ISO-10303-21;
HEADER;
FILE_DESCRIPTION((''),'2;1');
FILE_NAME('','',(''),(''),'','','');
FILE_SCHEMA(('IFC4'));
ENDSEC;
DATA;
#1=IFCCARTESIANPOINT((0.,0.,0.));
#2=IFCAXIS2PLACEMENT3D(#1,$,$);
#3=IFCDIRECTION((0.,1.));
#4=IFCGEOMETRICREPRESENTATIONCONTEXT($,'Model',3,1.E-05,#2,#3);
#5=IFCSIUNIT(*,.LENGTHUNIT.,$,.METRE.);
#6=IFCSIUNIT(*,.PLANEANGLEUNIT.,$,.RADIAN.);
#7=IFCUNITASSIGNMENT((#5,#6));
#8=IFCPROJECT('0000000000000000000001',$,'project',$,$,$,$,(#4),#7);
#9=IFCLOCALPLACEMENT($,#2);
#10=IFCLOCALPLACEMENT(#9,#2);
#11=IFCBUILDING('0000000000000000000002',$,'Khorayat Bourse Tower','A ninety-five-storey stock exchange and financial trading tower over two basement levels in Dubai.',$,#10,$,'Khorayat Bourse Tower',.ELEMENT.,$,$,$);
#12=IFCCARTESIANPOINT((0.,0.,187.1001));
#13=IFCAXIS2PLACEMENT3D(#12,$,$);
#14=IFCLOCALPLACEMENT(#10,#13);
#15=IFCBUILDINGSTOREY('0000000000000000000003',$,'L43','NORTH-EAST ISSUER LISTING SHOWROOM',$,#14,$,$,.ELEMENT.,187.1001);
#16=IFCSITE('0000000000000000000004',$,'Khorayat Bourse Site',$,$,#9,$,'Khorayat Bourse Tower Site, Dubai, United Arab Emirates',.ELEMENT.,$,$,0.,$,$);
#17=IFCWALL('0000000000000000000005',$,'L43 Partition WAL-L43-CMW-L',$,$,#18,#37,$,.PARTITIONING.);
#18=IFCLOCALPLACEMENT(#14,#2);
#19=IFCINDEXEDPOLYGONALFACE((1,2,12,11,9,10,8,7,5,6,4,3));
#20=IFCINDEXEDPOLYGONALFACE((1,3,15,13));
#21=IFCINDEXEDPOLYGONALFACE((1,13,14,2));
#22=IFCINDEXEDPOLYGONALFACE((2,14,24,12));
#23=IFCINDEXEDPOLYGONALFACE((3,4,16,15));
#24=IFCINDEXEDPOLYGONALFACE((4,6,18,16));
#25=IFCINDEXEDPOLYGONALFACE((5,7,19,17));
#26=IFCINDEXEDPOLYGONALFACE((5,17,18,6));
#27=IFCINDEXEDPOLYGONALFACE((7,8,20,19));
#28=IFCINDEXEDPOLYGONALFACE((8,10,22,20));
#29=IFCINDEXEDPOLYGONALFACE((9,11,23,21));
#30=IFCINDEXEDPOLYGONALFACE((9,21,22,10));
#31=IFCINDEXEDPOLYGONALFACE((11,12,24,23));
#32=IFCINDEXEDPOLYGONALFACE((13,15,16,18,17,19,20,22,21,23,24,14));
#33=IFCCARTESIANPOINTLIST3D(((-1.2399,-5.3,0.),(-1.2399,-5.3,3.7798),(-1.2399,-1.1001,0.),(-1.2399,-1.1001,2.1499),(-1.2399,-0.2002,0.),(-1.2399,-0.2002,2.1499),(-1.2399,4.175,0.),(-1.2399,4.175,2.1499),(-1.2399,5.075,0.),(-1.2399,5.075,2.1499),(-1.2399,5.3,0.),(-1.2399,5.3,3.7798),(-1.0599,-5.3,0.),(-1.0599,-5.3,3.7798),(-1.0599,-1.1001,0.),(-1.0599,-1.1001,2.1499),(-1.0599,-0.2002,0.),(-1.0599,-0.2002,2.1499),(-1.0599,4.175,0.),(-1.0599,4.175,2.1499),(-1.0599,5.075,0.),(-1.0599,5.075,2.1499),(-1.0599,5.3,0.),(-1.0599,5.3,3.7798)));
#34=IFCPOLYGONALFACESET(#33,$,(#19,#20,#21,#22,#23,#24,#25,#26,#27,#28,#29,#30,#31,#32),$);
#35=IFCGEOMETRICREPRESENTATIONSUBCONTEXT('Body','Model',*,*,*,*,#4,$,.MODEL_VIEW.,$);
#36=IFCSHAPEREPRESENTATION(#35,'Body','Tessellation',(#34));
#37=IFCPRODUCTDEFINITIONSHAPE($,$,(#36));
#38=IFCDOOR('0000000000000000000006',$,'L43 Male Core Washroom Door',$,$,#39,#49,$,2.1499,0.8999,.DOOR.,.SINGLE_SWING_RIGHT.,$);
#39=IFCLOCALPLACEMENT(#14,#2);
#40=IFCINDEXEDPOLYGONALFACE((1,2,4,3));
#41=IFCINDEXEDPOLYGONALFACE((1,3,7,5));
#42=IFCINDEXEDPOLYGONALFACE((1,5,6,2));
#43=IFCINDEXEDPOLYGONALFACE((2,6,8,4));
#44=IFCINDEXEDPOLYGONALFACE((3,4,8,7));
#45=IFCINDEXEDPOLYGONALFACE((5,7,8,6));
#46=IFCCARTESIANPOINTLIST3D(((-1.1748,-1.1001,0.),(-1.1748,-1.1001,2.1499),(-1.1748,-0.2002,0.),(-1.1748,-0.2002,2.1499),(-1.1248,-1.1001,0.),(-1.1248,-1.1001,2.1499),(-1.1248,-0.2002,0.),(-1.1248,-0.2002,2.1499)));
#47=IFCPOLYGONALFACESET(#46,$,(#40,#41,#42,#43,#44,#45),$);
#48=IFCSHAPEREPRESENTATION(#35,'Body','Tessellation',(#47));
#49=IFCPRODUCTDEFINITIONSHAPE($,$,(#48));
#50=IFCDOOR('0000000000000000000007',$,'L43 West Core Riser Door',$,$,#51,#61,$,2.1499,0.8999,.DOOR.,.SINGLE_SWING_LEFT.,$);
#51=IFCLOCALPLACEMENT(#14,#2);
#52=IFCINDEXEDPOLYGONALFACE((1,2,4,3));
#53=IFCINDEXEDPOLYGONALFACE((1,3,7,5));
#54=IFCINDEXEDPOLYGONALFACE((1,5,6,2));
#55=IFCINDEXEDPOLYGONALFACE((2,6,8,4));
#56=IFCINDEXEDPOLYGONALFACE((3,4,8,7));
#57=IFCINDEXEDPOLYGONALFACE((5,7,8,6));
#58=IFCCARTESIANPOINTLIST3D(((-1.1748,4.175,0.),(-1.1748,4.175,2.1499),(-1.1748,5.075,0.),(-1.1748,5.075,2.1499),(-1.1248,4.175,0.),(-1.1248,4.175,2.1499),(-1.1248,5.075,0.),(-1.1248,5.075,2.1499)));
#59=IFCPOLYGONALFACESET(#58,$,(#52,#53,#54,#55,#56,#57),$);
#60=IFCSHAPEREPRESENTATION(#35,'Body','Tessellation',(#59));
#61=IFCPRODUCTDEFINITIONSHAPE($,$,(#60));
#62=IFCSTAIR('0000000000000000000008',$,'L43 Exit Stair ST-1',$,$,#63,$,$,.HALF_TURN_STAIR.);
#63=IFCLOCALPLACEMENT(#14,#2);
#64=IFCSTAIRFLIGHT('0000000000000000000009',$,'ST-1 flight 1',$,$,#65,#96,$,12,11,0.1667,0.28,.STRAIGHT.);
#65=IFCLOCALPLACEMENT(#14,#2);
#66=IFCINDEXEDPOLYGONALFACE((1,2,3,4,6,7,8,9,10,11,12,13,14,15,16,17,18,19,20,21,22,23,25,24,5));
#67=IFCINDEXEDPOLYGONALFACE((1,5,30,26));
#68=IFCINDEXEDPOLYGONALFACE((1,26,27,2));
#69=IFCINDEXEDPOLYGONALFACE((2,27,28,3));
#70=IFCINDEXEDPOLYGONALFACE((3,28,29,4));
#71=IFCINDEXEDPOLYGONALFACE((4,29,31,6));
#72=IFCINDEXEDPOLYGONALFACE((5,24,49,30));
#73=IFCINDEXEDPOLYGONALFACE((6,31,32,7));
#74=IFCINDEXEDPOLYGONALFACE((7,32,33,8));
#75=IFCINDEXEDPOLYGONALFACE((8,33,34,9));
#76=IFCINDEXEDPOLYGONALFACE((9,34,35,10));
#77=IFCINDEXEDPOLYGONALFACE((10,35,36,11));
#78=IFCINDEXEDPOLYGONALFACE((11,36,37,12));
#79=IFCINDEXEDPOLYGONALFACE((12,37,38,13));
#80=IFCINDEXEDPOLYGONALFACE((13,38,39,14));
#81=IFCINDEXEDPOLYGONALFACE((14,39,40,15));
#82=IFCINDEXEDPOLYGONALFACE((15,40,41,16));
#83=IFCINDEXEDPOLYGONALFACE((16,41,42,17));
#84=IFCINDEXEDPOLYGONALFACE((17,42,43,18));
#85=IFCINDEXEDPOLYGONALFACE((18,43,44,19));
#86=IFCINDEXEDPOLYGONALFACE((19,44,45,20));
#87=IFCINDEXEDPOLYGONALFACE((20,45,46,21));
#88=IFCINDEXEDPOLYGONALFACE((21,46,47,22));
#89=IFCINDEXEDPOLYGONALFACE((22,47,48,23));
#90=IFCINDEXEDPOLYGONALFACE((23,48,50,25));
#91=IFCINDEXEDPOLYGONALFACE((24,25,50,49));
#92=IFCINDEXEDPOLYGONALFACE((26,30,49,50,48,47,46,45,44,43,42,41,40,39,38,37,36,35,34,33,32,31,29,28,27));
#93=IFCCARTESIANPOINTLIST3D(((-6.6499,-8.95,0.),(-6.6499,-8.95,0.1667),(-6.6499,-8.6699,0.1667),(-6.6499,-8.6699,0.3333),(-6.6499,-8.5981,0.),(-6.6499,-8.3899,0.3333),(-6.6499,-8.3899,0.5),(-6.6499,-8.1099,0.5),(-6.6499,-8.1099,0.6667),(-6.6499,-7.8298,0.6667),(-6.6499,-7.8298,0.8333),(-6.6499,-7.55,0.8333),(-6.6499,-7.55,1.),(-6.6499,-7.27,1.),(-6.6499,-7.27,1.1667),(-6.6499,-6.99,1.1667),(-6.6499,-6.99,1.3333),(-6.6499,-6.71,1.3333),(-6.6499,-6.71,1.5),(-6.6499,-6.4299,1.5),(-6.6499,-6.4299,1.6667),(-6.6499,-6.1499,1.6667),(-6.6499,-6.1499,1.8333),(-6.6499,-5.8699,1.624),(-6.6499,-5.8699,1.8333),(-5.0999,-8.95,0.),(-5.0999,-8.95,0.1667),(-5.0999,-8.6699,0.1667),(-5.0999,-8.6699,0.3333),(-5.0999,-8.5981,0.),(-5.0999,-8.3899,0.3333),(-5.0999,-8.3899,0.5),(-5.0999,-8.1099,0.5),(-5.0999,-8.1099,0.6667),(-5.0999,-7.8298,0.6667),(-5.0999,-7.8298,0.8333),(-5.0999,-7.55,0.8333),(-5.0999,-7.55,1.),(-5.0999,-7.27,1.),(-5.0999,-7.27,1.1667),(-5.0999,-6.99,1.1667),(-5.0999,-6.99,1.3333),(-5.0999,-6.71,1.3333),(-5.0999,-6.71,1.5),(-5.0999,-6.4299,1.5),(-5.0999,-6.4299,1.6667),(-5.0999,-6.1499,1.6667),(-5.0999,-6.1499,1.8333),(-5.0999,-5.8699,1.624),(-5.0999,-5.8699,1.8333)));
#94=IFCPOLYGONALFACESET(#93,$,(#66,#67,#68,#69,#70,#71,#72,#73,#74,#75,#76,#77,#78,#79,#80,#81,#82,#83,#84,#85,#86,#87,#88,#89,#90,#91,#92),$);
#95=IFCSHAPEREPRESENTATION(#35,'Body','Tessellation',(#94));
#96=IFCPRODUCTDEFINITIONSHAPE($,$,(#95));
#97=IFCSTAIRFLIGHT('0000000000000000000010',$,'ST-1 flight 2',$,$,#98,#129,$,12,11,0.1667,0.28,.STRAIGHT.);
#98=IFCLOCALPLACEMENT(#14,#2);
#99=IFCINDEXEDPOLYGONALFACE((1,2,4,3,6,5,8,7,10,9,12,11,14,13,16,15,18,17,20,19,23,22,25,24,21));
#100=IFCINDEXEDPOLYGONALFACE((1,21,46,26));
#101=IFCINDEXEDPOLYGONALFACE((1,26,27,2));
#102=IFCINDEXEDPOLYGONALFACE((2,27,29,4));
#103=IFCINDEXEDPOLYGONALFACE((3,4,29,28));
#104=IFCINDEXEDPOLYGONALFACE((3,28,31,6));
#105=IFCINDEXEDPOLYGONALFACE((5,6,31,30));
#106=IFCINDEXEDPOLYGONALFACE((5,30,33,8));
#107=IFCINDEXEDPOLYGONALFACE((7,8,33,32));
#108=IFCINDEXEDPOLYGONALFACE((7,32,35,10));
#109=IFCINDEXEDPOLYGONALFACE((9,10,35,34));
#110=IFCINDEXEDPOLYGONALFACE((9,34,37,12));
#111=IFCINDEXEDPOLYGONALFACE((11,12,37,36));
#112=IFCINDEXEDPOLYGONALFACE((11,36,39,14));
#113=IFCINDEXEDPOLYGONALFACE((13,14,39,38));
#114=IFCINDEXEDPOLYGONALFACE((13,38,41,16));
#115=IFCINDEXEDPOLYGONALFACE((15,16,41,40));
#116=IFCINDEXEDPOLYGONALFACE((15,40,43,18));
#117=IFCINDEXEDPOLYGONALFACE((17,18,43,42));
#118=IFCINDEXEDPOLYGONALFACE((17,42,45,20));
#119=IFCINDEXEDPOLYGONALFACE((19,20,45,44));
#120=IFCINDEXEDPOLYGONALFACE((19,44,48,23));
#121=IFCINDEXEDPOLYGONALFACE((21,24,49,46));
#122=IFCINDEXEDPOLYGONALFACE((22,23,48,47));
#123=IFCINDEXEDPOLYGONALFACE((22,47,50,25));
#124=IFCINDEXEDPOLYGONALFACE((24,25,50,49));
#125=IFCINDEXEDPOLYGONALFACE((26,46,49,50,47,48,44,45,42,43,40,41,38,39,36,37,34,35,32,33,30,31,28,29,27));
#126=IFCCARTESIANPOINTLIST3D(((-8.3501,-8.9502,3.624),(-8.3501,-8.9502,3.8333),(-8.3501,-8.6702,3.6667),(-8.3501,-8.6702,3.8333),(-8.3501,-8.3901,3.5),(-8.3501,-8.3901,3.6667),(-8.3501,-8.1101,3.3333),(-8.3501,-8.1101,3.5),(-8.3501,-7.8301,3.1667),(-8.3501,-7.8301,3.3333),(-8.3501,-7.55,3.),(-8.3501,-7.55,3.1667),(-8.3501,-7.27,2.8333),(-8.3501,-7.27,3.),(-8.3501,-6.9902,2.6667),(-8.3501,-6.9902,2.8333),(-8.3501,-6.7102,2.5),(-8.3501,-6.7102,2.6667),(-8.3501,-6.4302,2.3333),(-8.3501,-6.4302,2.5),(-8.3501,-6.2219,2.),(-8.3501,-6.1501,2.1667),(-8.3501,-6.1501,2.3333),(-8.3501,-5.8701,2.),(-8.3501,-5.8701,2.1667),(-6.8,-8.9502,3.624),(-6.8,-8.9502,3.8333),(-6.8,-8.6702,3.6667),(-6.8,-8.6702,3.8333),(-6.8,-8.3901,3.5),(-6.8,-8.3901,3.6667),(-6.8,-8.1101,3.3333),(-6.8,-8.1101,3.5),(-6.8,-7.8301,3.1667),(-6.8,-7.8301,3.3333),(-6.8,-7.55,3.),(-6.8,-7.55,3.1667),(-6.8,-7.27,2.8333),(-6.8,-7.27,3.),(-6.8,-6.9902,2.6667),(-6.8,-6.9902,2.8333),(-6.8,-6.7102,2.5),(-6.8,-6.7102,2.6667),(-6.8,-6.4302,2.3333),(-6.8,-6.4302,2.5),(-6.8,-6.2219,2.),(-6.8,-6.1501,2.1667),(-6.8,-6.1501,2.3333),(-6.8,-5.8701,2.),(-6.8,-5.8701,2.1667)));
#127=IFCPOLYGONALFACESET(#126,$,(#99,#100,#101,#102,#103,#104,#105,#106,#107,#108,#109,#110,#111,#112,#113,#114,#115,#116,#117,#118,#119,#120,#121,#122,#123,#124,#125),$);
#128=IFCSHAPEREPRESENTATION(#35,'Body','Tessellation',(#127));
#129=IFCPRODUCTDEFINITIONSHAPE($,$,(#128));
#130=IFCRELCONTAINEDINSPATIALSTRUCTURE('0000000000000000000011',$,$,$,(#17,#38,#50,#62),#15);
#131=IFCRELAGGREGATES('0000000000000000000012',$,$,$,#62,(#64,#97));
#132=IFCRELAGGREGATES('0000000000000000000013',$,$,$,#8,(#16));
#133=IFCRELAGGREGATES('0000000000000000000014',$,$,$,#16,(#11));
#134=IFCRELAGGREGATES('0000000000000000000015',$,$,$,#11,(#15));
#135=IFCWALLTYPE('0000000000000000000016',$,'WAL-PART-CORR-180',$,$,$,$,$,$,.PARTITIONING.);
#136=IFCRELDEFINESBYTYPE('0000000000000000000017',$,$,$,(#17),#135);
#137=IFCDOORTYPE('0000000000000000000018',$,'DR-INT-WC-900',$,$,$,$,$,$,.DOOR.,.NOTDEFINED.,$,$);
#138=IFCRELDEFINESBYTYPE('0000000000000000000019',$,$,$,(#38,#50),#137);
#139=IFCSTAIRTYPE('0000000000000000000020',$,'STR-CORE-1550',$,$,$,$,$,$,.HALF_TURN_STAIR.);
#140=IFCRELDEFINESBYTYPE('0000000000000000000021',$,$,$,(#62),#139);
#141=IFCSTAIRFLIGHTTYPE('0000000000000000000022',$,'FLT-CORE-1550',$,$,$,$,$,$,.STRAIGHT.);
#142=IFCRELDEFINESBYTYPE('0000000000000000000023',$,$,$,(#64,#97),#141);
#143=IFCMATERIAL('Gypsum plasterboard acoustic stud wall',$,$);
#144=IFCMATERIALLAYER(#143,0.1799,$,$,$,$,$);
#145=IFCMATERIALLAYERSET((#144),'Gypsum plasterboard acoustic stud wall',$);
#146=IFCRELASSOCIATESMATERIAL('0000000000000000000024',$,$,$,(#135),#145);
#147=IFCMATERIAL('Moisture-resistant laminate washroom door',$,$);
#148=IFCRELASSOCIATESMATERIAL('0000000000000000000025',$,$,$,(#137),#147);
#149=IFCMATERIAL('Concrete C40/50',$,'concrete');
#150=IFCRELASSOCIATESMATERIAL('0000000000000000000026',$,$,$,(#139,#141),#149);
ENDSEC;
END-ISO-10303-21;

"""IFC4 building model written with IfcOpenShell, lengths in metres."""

from ifc_helpers import new_model, si_unit, direction, frame, frame_2d, origin, place, context, subcontext, project, spatial, polyline, rectangle, outline, extrude, source, transform, mapped, material, layer, layer_set, type_object, element, fill, aggregate, save


model = new_model("IFC4")

# Units and contexts
model_context = context("Model", 3, precision=1e-05, world=origin(), true_north=direction((0.0, 1.0)))
body_context = subcontext(model_context, "Body", "Model", "MODEL_VIEW")
ifc_project = project(units=[si_unit("LENGTHUNIT", "METRE"), si_unit("PLANEANGLEUNIT", "RADIAN")], contexts=[model_context])

# Site, building, storey
site_placement = place(None, origin())
site = spatial("IfcSite", under=ifc_project, at=site_placement, Name="Khorayat Bourse Site", LongName="Khorayat Bourse Tower Site, Dubai, United Arab Emirates", CompositionType="ELEMENT", RefElevation=0.0)
building_placement = place(site_placement, origin())
building = spatial("IfcBuilding", under=site, at=building_placement, Name="Khorayat Bourse Tower", Description="A ninety-five-storey stock exchange and financial trading tower over two basement levels in Dubai.", LongName="Khorayat Bourse Tower", CompositionType="ELEMENT")
storey_placement = place(building_placement, frame((0.0, 0.0, 187.1001)))
storey = spatial("IfcBuildingStorey", under=building, at=storey_placement, Name="L43", Description="NORTH-EAST ISSUER LISTING SHOWROOM", CompositionType="ELEMENT", Elevation=187.1001)

# Shared definitions
ifc_material_1 = material(Name="Gypsum plasterboard acoustic stud wall")
ifc_layer_1 = layer(ifc_material_1, 0.1799)
ifc_layer_set_1 = layer_set([ifc_layer_1], Name="Gypsum plasterboard acoustic stud wall")
wall_type_1 = type_object("IfcWallType", Name="WAL-PART-CORR-180", PredefinedType="PARTITIONING", material=ifc_layer_set_1)

# Shared definitions
shared_shape_1 = source(origin(), body_context, "Body", "SweptSolid", [
    extrude(rectangle(XDim=0.8999, YDim=2.1499, at=frame_2d((0.45, 1.075))), frame((0.0, 0.0999, 0.0), z_axis=(0.0, -1.0, 0.0), x_axis=(1.0, 0.0, 0.0)), (0.0, 0.0, 1.0), 0.2),
])
ifc_material_2 = material(Name="Moisture-resistant laminate washroom door")
door_type_1 = type_object("IfcDoorType", Name="DR-INT-WC-900", OperationType="NOTDEFINED", PredefinedType="DOOR", material=ifc_material_2)
shared_shape_2 = source(origin(), body_context, "Body", "SweptSolid", [
    extrude(rectangle(XDim=0.8999, YDim=2.1499, at=frame_2d((0.45, 1.075))), frame((0.0, 0.0249, 0.0), z_axis=(0.0, -1.0, 0.0), x_axis=(1.0, 0.0, 0.0)), (0.0, 0.0, 1.0), 0.05),
])

# Wall, openings, doors
shared_shape_3 = source(origin(), body_context, "Body", "SweptSolid", [
    extrude(rectangle(XDim=10.6001, YDim=0.1799, at=frame_2d((5.3, 0.0))), origin(), (0.0, 0.0, 1.0), 3.7798),
])
wall_1_placement = place(storey_placement, frame((-1.1499, -5.3, 0.0), z_axis=(0.0, 0.0, 1.0), x_axis=(0.0, 1.0, 0.0)))
wall_1 = element("IfcWall", 1, at=wall_1_placement, inside=storey, type_object=wall_type_1, Name="L43 Partition WAL-L43-CMW-L", PredefinedType="PARTITIONING", context=body_context, shape_type="MappedRepresentation", body=[
    mapped(shared_shape_3, transform((0.0, 0.0, 0.0), scale=1.0)),
])
opening_1_placement = place(wall_1_placement, frame((4.2, 0.0, 0.0)))
opening_1 = element("IfcOpeningElement", 2, at=opening_1_placement, cuts=wall_1, PredefinedType="OPENING", context=body_context, shape_type="MappedRepresentation", body=[
    mapped(shared_shape_1, transform((0.0, 0.0, 0.0), scale=1.0)),
])
opening_2_placement = place(wall_1_placement, frame((9.4751, 0.0, 0.0)))
opening_2 = element("IfcOpeningElement", 3, at=opening_2_placement, cuts=wall_1, PredefinedType="OPENING", context=body_context, shape_type="MappedRepresentation", body=[
    mapped(shared_shape_1, transform((0.0, 0.0, 0.0), scale=1.0)),
])
door_1_placement = place(opening_1_placement, origin())
door_1 = element("IfcDoor", 4, at=door_1_placement, inside=storey, type_object=door_type_1, Name="L43 Male Core Washroom Door", OperationType="SINGLE_SWING_RIGHT", OverallHeight=2.1499, OverallWidth=0.8999, PredefinedType="DOOR", context=body_context, shape_type="MappedRepresentation", body=[
    mapped(shared_shape_2, transform((0.0, 0.0, 0.0), scale=1.0)),
])
fill(opening_1, door_1)
door_2_placement = place(opening_2_placement, origin())
door_2 = element("IfcDoor", 5, at=door_2_placement, inside=storey, type_object=door_type_1, Name="L43 West Core Riser Door", OperationType="SINGLE_SWING_LEFT", OverallHeight=2.1499, OverallWidth=0.8999, PredefinedType="DOOR", context=body_context, shape_type="MappedRepresentation", body=[
    mapped(shared_shape_2, transform((0.0, 0.0, 0.0), scale=1.0)),
])
fill(opening_2, door_2)

# Stair, stair flights
ifc_material_3 = material(Name="Concrete C40/50", Category="concrete")
stair_type = type_object("IfcStairType", Name="STR-CORE-1550", PredefinedType="HALF_TURN_STAIR", material=ifc_material_3)
stair_placement = place(storey_placement, origin())
stair = element("IfcStair", 6, at=stair_placement, inside=storey, type_object=stair_type, Name="L43 Exit Stair ST-1", PredefinedType="HALF_TURN_STAIR")
stair_flight_type = type_object("IfcStairFlightType", Name="FLT-CORE-1550", PredefinedType="STRAIGHT", material=ifc_material_3)
shared_shape_4 = source(origin(), body_context, "Body", "SweptSolid", [
    extrude(outline(polyline([(0.0, 0.0), (0.0, 0.1667), (0.28, 0.1667), (0.28, 0.3333), (0.5601, 0.3333), (0.5601, 0.5), (0.8401, 0.5), (0.8401, 0.6667), (1.1201, 0.6667), (1.1201, 0.8333), (1.3999, 0.8333), (1.3999, 1.0), (1.6799, 1.0), (1.6799, 1.1667), (1.96, 1.1667), (1.96, 1.3333), (2.24, 1.3333), (2.24, 1.5), (2.52, 1.5), (2.52, 1.6667), (2.8, 1.6667), (2.8, 1.8333), (3.0801, 1.8333), (3.0801, 2.0), (3.0801, 1.624), (0.3518, 0.0), (0.0, 0.0)])), frame((0.0, 0.7749, 0.0), z_axis=(0.0, -1.0, 0.0), x_axis=(1.0, 0.0, 0.0)), (0.0, 0.0, 1.0), 1.55),
])
stair_flight_1_placement = place(storey_placement, frame((-5.875, -8.95, 0.0), z_axis=(0.0, 0.0, 1.0), x_axis=(0.0, 1.0, 0.0)))
stair_flight_1 = element("IfcStairFlight", 7, at=stair_flight_1_placement, type_object=stair_flight_type, Name="ST-1 flight 1", NumberOfRisers=12, NumberOfTreads=11, PredefinedType="STRAIGHT", RiserHeight=0.1667, TreadLength=0.28, context=body_context, shape_type="MappedRepresentation", body=[
    mapped(shared_shape_4, transform((0.0, 0.0, 0.0), scale=1.0)),
])
stair_flight_2_placement = place(storey_placement, frame((-7.575, -5.8701, 2.0), z_axis=(0.0, 0.0, 1.0), x_axis=(0.0, -1.0, 0.0)))
stair_flight_2 = element("IfcStairFlight", 8, at=stair_flight_2_placement, type_object=stair_flight_type, Name="ST-1 flight 2", NumberOfRisers=12, NumberOfTreads=11, PredefinedType="STRAIGHT", RiserHeight=0.1667, TreadLength=0.28, context=body_context, shape_type="MappedRepresentation", body=[
    mapped(shared_shape_4, transform((0.0, 0.0, 0.0), scale=1.0)),
])
aggregate(stair, [stair_flight_1, stair_flight_2])

save(model, "model.ifc")
